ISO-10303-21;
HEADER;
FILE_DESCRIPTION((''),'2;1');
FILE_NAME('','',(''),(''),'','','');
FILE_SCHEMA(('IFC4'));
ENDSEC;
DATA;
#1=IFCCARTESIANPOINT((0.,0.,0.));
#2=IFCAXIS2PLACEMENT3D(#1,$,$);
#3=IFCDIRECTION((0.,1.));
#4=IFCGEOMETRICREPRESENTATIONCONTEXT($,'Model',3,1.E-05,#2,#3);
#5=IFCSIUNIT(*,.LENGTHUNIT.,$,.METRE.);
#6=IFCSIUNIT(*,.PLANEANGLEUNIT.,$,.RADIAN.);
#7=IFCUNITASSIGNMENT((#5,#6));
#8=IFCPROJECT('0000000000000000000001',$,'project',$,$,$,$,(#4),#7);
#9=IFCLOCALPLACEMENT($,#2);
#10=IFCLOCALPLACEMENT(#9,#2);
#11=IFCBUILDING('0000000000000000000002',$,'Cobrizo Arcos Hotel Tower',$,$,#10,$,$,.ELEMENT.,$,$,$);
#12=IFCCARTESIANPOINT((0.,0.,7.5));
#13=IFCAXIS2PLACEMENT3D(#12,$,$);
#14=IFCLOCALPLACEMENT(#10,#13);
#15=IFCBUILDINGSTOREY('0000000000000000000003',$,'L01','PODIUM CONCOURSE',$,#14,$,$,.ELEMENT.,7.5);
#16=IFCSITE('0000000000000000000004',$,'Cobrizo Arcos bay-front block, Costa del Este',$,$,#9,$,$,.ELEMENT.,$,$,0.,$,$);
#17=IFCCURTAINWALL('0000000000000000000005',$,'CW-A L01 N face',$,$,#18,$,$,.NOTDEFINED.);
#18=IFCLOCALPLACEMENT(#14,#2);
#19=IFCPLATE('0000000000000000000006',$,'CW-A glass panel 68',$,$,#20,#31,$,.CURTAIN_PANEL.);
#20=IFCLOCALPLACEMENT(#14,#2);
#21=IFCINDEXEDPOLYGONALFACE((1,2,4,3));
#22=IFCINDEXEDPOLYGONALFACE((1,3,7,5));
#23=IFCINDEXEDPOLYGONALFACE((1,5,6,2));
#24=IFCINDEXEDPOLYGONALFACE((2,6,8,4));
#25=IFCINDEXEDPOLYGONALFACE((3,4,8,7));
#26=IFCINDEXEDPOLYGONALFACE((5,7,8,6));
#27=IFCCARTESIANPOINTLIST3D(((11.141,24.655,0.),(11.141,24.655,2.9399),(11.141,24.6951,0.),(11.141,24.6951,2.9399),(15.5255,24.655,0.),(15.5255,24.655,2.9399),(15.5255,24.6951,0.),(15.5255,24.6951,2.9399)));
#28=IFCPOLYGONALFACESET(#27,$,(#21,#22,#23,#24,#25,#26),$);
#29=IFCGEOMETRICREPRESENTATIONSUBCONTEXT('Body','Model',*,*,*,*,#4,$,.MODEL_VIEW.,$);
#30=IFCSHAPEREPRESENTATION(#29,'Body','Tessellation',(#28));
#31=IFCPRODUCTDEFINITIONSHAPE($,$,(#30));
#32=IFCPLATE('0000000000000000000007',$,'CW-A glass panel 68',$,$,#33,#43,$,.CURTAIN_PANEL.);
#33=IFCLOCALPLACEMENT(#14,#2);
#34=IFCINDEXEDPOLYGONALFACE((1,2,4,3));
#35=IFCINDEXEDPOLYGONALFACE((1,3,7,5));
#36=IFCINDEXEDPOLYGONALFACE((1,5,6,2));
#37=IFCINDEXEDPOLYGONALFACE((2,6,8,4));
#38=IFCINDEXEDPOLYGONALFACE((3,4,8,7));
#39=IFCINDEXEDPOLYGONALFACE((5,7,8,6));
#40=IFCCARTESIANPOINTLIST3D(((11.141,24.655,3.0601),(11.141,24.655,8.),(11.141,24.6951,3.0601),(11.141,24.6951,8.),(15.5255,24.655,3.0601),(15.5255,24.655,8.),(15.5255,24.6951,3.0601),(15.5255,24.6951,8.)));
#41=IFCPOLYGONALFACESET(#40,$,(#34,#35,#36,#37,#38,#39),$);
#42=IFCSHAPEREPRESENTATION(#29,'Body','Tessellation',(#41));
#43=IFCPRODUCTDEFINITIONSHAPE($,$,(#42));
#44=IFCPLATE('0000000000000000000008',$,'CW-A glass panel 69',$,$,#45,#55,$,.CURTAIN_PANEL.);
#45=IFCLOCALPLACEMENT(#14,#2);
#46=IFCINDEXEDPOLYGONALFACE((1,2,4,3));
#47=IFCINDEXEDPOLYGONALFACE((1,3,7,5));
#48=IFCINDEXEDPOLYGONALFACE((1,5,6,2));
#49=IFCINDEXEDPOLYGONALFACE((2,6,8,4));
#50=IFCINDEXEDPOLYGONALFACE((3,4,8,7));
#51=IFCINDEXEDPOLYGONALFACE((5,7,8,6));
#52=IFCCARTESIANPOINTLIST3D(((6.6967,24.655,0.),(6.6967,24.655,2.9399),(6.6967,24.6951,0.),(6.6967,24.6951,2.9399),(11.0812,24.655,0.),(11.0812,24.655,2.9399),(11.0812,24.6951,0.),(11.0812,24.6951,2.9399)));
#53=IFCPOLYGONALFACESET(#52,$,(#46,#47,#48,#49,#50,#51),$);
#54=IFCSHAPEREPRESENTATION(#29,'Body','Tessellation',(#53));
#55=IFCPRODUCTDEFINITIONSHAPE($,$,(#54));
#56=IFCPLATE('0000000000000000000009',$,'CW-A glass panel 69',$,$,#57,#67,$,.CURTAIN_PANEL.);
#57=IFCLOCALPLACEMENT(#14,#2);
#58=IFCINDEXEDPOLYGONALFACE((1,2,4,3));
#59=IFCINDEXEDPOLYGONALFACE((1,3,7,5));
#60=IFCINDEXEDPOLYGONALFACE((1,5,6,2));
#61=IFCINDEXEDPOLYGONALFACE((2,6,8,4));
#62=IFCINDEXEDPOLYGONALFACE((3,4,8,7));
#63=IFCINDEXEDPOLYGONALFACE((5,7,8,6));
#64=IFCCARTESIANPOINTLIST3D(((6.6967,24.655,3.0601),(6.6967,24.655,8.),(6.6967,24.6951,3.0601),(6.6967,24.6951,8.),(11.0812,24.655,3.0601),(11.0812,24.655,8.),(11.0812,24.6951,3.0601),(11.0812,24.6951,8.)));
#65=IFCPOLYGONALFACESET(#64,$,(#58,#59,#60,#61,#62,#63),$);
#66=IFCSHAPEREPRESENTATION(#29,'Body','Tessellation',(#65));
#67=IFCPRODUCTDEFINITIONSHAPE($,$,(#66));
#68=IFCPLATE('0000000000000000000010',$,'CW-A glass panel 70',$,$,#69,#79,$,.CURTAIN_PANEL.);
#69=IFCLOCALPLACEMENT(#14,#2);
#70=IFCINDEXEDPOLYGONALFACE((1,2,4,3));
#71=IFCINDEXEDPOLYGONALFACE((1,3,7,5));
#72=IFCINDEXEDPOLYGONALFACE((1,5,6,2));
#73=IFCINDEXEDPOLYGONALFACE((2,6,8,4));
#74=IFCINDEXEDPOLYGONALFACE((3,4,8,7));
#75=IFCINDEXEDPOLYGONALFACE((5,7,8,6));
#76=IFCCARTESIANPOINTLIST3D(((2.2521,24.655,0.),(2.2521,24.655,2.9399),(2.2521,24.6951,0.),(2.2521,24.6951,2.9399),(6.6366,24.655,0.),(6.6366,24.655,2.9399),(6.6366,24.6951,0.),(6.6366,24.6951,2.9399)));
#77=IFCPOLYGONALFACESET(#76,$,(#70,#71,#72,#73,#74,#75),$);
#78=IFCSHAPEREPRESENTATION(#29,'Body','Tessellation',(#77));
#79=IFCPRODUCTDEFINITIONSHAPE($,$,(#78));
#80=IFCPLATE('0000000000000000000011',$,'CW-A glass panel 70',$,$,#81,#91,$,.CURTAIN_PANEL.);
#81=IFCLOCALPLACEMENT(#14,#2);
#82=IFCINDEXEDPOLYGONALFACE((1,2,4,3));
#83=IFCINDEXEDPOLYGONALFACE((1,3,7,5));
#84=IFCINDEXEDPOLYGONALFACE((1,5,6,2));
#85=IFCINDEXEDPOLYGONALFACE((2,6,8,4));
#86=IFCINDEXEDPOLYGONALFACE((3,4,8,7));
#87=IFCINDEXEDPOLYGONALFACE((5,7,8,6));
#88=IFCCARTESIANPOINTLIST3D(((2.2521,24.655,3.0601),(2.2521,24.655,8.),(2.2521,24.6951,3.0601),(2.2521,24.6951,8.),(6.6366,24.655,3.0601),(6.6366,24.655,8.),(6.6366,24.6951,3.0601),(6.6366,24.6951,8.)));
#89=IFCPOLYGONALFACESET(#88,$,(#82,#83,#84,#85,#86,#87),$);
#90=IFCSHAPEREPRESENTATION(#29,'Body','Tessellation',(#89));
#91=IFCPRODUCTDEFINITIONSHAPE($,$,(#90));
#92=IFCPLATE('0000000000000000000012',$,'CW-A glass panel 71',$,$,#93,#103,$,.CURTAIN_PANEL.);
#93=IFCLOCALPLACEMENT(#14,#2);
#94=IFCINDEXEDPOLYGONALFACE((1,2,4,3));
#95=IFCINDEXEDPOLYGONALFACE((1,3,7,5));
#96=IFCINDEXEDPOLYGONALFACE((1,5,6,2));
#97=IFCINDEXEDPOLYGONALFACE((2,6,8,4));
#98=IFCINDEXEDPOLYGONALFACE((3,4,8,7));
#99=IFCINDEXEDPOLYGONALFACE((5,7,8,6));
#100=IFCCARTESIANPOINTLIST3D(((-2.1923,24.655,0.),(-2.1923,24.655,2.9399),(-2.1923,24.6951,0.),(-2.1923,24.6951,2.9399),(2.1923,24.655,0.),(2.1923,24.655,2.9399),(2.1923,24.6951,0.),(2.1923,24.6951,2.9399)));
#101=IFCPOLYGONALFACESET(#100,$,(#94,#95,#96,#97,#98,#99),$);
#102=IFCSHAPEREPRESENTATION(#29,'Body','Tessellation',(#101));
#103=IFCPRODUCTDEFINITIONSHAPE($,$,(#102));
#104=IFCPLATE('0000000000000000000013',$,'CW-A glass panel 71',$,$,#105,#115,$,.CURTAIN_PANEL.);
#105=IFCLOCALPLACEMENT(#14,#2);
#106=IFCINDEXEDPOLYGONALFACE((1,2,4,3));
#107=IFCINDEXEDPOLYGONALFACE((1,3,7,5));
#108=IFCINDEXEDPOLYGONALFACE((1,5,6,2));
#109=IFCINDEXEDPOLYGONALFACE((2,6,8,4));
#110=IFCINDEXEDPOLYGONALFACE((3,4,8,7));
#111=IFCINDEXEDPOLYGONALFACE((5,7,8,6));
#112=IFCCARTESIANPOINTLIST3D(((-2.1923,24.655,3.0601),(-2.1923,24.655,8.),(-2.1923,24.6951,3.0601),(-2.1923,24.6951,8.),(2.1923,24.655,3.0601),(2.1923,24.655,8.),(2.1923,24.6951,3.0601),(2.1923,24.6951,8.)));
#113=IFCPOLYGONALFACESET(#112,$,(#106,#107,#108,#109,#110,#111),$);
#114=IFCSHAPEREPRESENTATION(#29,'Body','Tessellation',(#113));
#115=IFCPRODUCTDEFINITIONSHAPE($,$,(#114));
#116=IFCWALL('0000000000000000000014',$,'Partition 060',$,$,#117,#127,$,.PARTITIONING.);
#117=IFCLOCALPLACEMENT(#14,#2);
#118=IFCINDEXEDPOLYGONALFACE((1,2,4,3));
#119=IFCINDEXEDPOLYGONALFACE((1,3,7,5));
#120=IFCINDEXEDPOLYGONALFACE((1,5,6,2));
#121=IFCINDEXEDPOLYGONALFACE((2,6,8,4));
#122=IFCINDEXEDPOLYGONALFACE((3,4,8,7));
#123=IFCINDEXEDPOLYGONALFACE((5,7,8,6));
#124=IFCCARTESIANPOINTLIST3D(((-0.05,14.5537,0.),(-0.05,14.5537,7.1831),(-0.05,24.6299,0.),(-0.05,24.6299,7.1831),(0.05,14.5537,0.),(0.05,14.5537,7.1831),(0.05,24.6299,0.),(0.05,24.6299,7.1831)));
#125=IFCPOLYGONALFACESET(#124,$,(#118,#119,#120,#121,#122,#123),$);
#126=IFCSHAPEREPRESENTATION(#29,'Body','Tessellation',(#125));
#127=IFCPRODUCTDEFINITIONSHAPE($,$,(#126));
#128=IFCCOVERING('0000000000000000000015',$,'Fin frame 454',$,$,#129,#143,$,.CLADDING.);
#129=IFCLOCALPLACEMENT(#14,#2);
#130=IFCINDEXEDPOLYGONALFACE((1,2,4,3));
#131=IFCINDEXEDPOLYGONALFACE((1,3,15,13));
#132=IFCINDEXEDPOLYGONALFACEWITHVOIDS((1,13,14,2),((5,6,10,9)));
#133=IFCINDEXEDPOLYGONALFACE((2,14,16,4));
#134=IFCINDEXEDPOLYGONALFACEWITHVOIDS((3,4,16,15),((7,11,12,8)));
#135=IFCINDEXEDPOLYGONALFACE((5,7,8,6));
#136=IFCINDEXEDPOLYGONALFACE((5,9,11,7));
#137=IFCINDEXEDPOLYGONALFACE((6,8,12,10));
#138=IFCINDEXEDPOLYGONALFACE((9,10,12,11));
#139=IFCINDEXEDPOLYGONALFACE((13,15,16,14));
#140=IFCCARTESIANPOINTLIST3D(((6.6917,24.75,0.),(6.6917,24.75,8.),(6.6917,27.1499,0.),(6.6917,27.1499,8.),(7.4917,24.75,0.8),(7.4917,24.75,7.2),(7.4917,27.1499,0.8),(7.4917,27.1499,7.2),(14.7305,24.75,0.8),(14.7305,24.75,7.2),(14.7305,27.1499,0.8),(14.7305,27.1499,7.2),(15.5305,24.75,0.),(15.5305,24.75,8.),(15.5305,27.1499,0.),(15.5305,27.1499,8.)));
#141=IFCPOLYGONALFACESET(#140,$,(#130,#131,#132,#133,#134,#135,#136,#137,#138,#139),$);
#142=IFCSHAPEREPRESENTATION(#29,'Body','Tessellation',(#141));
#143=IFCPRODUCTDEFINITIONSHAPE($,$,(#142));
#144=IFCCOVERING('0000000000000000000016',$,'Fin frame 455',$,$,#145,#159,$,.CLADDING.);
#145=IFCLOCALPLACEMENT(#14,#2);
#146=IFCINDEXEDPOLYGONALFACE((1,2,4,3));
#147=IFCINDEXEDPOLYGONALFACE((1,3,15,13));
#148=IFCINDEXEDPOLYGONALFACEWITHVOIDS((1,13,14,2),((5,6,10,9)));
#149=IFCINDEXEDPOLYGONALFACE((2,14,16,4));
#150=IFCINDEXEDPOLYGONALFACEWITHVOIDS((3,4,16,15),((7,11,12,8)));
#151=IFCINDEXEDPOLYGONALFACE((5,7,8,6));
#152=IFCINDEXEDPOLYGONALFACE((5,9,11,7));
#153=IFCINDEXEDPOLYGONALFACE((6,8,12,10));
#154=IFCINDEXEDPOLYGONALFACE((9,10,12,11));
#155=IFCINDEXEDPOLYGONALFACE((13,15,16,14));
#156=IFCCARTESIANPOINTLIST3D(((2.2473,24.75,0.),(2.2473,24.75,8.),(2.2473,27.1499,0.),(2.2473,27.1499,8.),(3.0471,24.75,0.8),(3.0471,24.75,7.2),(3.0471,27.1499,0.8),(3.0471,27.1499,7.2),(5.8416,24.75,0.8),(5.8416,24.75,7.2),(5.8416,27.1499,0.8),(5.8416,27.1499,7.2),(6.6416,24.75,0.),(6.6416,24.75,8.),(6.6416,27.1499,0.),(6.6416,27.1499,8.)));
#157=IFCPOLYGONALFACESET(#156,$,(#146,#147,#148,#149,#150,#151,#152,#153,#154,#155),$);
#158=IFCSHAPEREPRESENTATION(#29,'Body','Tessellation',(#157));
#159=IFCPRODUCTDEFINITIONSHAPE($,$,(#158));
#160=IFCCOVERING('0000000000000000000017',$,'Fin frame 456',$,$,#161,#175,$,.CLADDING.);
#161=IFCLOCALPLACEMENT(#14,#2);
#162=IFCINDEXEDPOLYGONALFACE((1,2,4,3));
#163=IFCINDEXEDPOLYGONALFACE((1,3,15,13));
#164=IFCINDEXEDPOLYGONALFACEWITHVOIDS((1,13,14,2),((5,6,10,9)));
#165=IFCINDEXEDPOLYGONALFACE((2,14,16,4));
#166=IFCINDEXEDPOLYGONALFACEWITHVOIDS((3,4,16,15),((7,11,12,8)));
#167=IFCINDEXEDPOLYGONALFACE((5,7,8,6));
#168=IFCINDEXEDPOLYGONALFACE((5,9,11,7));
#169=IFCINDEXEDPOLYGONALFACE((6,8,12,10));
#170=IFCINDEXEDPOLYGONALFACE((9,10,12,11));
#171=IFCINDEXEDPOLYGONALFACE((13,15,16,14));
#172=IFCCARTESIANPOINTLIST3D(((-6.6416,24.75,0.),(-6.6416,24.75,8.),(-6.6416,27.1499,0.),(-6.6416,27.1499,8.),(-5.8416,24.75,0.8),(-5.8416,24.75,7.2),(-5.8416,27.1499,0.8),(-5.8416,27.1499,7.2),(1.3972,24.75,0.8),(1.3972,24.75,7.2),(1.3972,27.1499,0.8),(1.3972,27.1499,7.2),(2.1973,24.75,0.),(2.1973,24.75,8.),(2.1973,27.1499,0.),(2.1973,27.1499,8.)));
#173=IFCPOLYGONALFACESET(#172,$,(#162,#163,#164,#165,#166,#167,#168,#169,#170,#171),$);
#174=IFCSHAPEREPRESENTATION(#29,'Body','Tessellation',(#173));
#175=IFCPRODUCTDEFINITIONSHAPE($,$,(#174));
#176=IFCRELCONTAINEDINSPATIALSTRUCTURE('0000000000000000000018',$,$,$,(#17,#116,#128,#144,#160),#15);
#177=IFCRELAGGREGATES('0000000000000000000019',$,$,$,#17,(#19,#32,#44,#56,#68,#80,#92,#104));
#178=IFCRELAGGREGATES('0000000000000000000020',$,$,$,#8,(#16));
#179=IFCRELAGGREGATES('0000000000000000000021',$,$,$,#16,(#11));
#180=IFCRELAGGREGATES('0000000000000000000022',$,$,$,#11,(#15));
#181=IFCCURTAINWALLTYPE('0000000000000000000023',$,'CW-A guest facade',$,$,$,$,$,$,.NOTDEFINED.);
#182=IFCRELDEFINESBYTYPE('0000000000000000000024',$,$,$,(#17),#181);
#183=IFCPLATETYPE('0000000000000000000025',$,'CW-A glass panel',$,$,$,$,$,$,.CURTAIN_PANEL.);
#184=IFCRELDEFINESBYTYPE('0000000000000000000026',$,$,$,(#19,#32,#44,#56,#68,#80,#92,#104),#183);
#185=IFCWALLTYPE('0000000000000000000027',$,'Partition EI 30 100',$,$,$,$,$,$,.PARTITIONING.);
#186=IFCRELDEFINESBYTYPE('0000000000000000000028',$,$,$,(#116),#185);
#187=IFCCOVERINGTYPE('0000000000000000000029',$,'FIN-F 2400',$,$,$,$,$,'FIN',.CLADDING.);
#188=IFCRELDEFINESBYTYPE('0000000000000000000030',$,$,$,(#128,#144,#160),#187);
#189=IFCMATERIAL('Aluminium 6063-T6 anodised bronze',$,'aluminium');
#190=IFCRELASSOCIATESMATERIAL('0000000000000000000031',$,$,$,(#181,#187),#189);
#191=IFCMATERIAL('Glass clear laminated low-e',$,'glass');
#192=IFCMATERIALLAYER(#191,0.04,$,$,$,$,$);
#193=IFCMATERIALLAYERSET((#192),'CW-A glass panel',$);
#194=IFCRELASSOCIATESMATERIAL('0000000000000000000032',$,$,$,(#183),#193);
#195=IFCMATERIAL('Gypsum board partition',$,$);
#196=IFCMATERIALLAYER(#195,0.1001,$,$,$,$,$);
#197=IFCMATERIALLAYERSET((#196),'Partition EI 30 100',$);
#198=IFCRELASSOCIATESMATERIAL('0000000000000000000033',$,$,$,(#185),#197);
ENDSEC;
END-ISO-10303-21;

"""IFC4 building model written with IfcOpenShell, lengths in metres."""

from ifc_helpers import new_model, si_unit, direction, frame, frame_2d, origin, origin_2d, place, context, subcontext, project, spatial, polyline, rectangle, outline, extrude, material, layer, layer_set, type_object, element, aggregate, save


model = new_model("IFC4")

# Units and contexts
model_context = context("Model", 3, precision=1e-05, world=origin(), true_north=direction((0.0, 1.0)))
body_context = subcontext(model_context, "Body", "Model", "MODEL_VIEW")
ifc_project = project(units=[si_unit("LENGTHUNIT", "METRE"), si_unit("PLANEANGLEUNIT", "RADIAN")], contexts=[model_context])

# Site, building, storey
site_placement = place(None, origin())
site = spatial("IfcSite", under=ifc_project, at=site_placement, Name="Cobrizo Arcos bay-front block, Costa del Este", CompositionType="ELEMENT", RefElevation=0.0)
building_placement = place(site_placement, origin())
building = spatial("IfcBuilding", under=site, at=building_placement, Name="Cobrizo Arcos Hotel Tower", CompositionType="ELEMENT")
storey_placement = place(building_placement, frame((0.0, 0.0, 7.5)))
storey = spatial("IfcBuildingStorey", under=building, at=storey_placement, Name="L01", Description="PODIUM CONCOURSE", CompositionType="ELEMENT", Elevation=7.5)

# Curtain wall
ifc_material_1 = material(Name="Aluminium 6063-T6 anodised bronze", Category="aluminium")
curtain_wall_type = type_object("IfcCurtainWallType", Name="CW-A guest facade", PredefinedType="NOTDEFINED", material=ifc_material_1)
curtain_wall_placement = place(storey_placement, origin())
curtain_wall = element("IfcCurtainWall", 1, at=curtain_wall_placement, inside=storey, type_object=curtain_wall_type, Name="CW-A L01 N face", PredefinedType="NOTDEFINED")

# Plates
ifc_material_2 = material(Name="Glass clear laminated low-e", Category="glass")
ifc_layer_1 = layer(ifc_material_2, 0.04)
ifc_layer_set_1 = layer_set([ifc_layer_1], Name="CW-A glass panel")
plate_type = type_object("IfcPlateType", Name="CW-A glass panel", PredefinedType="CURTAIN_PANEL", material=ifc_layer_set_1)
plate_1_placement = place(storey_placement, frame((13.3333, 24.675, 0.0), z_axis=(0.0, 0.0, 1.0), x_axis=(-1.0, 0.0, 0.0)))
plate_1 = element("IfcPlate", 2, at=plate_1_placement, type_object=plate_type, Name="CW-A glass panel 68", PredefinedType="CURTAIN_PANEL", context=body_context, shape_type="SweptSolid", body=[
    extrude(rectangle(XDim=4.3845, YDim=0.04, at=origin_2d()), origin(), (0.0, 0.0, 1.0), 2.9399),
])
plate_2_placement = place(storey_placement, frame((13.3333, 24.675, 3.0601), z_axis=(0.0, 0.0, 1.0), x_axis=(-1.0, 0.0, 0.0)))
plate_2 = element("IfcPlate", 3, at=plate_2_placement, type_object=plate_type, Name="CW-A glass panel 68", PredefinedType="CURTAIN_PANEL", context=body_context, shape_type="SweptSolid", body=[
    extrude(rectangle(XDim=4.3845, YDim=0.04, at=origin_2d()), origin(), (0.0, 0.0, 1.0), 4.9399),
])
plate_3_placement = place(storey_placement, frame((8.8889, 24.675, 0.0), z_axis=(0.0, 0.0, 1.0), x_axis=(-1.0, 0.0, 0.0)))
plate_3 = element("IfcPlate", 4, at=plate_3_placement, type_object=plate_type, Name="CW-A glass panel 69", PredefinedType="CURTAIN_PANEL", context=body_context, shape_type="SweptSolid", body=[
    extrude(rectangle(XDim=4.3845, YDim=0.04, at=origin_2d()), origin(), (0.0, 0.0, 1.0), 2.9399),
])
plate_4_placement = place(storey_placement, frame((8.8889, 24.675, 3.0601), z_axis=(0.0, 0.0, 1.0), x_axis=(-1.0, 0.0, 0.0)))
plate_4 = element("IfcPlate", 5, at=plate_4_placement, type_object=plate_type, Name="CW-A glass panel 69", PredefinedType="CURTAIN_PANEL", context=body_context, shape_type="SweptSolid", body=[
    extrude(rectangle(XDim=4.3845, YDim=0.04, at=origin_2d()), origin(), (0.0, 0.0, 1.0), 4.9399),
])
plate_5_placement = place(storey_placement, frame((4.4443, 24.675, 0.0), z_axis=(0.0, 0.0, 1.0), x_axis=(-1.0, 0.0, 0.0)))
plate_5 = element("IfcPlate", 6, at=plate_5_placement, type_object=plate_type, Name="CW-A glass panel 70", PredefinedType="CURTAIN_PANEL", context=body_context, shape_type="SweptSolid", body=[
    extrude(rectangle(XDim=4.3845, YDim=0.04, at=origin_2d()), origin(), (0.0, 0.0, 1.0), 2.9399),
])
plate_6_placement = place(storey_placement, frame((4.4443, 24.675, 3.0601), z_axis=(0.0, 0.0, 1.0), x_axis=(-1.0, 0.0, 0.0)))
plate_6 = element("IfcPlate", 7, at=plate_6_placement, type_object=plate_type, Name="CW-A glass panel 70", PredefinedType="CURTAIN_PANEL", context=body_context, shape_type="SweptSolid", body=[
    extrude(rectangle(XDim=4.3845, YDim=0.04, at=origin_2d()), origin(), (0.0, 0.0, 1.0), 4.9399),
])
plate_7_placement = place(storey_placement, frame((0.0, 24.675, 0.0), z_axis=(0.0, 0.0, 1.0), x_axis=(-1.0, 0.0, 0.0)))
plate_7 = element("IfcPlate", 8, at=plate_7_placement, type_object=plate_type, Name="CW-A glass panel 71", PredefinedType="CURTAIN_PANEL", context=body_context, shape_type="SweptSolid", body=[
    extrude(rectangle(XDim=4.3845, YDim=0.04, at=origin_2d()), origin(), (0.0, 0.0, 1.0), 2.9399),
])
plate_8_placement = place(storey_placement, frame((0.0, 24.675, 3.0601), z_axis=(0.0, 0.0, 1.0), x_axis=(-1.0, 0.0, 0.0)))
plate_8 = element("IfcPlate", 9, at=plate_8_placement, type_object=plate_type, Name="CW-A glass panel 71", PredefinedType="CURTAIN_PANEL", context=body_context, shape_type="SweptSolid", body=[
    extrude(rectangle(XDim=4.3845, YDim=0.04, at=origin_2d()), origin(), (0.0, 0.0, 1.0), 4.9399),
])
aggregate(curtain_wall, [plate_1, plate_2, plate_3, plate_4, plate_5, plate_6, plate_7, plate_8])

# Wall
ifc_material_3 = material(Name="Gypsum board partition")
ifc_layer_2 = layer(ifc_material_3, 0.1001)
ifc_layer_set_2 = layer_set([ifc_layer_2], Name="Partition EI 30 100")
wall_type = type_object("IfcWallType", Name="Partition EI 30 100", PredefinedType="PARTITIONING", material=ifc_layer_set_2)
wall_placement = place(storey_placement, frame((0.0, 14.5537, 0.0), z_axis=(0.0, 0.0, 1.0), x_axis=(0.0, 1.0, 0.0)))
element("IfcWall", 10, at=wall_placement, inside=storey, type_object=wall_type, Name="Partition 060", PredefinedType="PARTITIONING", context=body_context, shape_type="SweptSolid", body=[
    extrude(rectangle(XDim=10.0762, YDim=0.1001, at=frame_2d((5.0381, 0.0))), origin(), (0.0, 0.0, 1.0), 7.1831),
])

# Coverings
covering_type = type_object("IfcCoveringType", Name="FIN-F 2400", ElementType="FIN", PredefinedType="CLADDING", material=ifc_material_1)
covering_1_placement = place(storey_placement, frame((15.5305, 24.75, 0.0), z_axis=(0.0, 1.0, 0.0), x_axis=(-1.0, 0.0, 0.0)))
element("IfcCovering", 11, at=covering_1_placement, inside=storey, type_object=covering_type, Name="Fin frame 454", PredefinedType="CLADDING", context=body_context, shape_type="SweptSolid", body=[
    extrude(outline(polyline([(0.0, 8.0), (0.0, 0.0), (8.8389, 0.0), (8.8389, 8.0), (0.0, 8.0)]), holes=[polyline([(8.0388, 0.8), (0.8, 0.8), (0.8, 7.2), (8.0388, 7.2), (8.0388, 0.8)])]), origin(), (0.0, 0.0, 1.0), 2.3999),
])
covering_2_placement = place(storey_placement, frame((6.6416, 24.75, 0.0), z_axis=(0.0, 1.0, 0.0), x_axis=(-1.0, 0.0, 0.0)))
element("IfcCovering", 12, at=covering_2_placement, inside=storey, type_object=covering_type, Name="Fin frame 455", PredefinedType="CLADDING", context=body_context, shape_type="SweptSolid", body=[
    extrude(outline(polyline([(0.0, 8.0), (0.0, 0.0), (4.3943, 0.0), (4.3943, 8.0), (0.0, 8.0)]), holes=[polyline([(3.5945, 0.8), (0.8, 0.8), (0.8, 7.2), (3.5945, 7.2), (3.5945, 0.8)])]), origin(), (0.0, 0.0, 1.0), 2.3999),
])
covering_3_placement = place(storey_placement, frame((2.1973, 24.75, 0.0), z_axis=(0.0, 1.0, 0.0), x_axis=(-1.0, 0.0, 0.0)))
element("IfcCovering", 13, at=covering_3_placement, inside=storey, type_object=covering_type, Name="Fin frame 456", PredefinedType="CLADDING", context=body_context, shape_type="SweptSolid", body=[
    extrude(outline(polyline([(0.0, 8.0), (0.0, 0.0), (8.8389, 0.0), (8.8389, 8.0), (0.0, 8.0)]), holes=[polyline([(8.0388, 0.8), (0.8, 0.8), (0.8, 7.2), (8.0388, 7.2), (8.0388, 0.8)])]), origin(), (0.0, 0.0, 1.0), 2.3999),
])

save(model, "model.ifc")
